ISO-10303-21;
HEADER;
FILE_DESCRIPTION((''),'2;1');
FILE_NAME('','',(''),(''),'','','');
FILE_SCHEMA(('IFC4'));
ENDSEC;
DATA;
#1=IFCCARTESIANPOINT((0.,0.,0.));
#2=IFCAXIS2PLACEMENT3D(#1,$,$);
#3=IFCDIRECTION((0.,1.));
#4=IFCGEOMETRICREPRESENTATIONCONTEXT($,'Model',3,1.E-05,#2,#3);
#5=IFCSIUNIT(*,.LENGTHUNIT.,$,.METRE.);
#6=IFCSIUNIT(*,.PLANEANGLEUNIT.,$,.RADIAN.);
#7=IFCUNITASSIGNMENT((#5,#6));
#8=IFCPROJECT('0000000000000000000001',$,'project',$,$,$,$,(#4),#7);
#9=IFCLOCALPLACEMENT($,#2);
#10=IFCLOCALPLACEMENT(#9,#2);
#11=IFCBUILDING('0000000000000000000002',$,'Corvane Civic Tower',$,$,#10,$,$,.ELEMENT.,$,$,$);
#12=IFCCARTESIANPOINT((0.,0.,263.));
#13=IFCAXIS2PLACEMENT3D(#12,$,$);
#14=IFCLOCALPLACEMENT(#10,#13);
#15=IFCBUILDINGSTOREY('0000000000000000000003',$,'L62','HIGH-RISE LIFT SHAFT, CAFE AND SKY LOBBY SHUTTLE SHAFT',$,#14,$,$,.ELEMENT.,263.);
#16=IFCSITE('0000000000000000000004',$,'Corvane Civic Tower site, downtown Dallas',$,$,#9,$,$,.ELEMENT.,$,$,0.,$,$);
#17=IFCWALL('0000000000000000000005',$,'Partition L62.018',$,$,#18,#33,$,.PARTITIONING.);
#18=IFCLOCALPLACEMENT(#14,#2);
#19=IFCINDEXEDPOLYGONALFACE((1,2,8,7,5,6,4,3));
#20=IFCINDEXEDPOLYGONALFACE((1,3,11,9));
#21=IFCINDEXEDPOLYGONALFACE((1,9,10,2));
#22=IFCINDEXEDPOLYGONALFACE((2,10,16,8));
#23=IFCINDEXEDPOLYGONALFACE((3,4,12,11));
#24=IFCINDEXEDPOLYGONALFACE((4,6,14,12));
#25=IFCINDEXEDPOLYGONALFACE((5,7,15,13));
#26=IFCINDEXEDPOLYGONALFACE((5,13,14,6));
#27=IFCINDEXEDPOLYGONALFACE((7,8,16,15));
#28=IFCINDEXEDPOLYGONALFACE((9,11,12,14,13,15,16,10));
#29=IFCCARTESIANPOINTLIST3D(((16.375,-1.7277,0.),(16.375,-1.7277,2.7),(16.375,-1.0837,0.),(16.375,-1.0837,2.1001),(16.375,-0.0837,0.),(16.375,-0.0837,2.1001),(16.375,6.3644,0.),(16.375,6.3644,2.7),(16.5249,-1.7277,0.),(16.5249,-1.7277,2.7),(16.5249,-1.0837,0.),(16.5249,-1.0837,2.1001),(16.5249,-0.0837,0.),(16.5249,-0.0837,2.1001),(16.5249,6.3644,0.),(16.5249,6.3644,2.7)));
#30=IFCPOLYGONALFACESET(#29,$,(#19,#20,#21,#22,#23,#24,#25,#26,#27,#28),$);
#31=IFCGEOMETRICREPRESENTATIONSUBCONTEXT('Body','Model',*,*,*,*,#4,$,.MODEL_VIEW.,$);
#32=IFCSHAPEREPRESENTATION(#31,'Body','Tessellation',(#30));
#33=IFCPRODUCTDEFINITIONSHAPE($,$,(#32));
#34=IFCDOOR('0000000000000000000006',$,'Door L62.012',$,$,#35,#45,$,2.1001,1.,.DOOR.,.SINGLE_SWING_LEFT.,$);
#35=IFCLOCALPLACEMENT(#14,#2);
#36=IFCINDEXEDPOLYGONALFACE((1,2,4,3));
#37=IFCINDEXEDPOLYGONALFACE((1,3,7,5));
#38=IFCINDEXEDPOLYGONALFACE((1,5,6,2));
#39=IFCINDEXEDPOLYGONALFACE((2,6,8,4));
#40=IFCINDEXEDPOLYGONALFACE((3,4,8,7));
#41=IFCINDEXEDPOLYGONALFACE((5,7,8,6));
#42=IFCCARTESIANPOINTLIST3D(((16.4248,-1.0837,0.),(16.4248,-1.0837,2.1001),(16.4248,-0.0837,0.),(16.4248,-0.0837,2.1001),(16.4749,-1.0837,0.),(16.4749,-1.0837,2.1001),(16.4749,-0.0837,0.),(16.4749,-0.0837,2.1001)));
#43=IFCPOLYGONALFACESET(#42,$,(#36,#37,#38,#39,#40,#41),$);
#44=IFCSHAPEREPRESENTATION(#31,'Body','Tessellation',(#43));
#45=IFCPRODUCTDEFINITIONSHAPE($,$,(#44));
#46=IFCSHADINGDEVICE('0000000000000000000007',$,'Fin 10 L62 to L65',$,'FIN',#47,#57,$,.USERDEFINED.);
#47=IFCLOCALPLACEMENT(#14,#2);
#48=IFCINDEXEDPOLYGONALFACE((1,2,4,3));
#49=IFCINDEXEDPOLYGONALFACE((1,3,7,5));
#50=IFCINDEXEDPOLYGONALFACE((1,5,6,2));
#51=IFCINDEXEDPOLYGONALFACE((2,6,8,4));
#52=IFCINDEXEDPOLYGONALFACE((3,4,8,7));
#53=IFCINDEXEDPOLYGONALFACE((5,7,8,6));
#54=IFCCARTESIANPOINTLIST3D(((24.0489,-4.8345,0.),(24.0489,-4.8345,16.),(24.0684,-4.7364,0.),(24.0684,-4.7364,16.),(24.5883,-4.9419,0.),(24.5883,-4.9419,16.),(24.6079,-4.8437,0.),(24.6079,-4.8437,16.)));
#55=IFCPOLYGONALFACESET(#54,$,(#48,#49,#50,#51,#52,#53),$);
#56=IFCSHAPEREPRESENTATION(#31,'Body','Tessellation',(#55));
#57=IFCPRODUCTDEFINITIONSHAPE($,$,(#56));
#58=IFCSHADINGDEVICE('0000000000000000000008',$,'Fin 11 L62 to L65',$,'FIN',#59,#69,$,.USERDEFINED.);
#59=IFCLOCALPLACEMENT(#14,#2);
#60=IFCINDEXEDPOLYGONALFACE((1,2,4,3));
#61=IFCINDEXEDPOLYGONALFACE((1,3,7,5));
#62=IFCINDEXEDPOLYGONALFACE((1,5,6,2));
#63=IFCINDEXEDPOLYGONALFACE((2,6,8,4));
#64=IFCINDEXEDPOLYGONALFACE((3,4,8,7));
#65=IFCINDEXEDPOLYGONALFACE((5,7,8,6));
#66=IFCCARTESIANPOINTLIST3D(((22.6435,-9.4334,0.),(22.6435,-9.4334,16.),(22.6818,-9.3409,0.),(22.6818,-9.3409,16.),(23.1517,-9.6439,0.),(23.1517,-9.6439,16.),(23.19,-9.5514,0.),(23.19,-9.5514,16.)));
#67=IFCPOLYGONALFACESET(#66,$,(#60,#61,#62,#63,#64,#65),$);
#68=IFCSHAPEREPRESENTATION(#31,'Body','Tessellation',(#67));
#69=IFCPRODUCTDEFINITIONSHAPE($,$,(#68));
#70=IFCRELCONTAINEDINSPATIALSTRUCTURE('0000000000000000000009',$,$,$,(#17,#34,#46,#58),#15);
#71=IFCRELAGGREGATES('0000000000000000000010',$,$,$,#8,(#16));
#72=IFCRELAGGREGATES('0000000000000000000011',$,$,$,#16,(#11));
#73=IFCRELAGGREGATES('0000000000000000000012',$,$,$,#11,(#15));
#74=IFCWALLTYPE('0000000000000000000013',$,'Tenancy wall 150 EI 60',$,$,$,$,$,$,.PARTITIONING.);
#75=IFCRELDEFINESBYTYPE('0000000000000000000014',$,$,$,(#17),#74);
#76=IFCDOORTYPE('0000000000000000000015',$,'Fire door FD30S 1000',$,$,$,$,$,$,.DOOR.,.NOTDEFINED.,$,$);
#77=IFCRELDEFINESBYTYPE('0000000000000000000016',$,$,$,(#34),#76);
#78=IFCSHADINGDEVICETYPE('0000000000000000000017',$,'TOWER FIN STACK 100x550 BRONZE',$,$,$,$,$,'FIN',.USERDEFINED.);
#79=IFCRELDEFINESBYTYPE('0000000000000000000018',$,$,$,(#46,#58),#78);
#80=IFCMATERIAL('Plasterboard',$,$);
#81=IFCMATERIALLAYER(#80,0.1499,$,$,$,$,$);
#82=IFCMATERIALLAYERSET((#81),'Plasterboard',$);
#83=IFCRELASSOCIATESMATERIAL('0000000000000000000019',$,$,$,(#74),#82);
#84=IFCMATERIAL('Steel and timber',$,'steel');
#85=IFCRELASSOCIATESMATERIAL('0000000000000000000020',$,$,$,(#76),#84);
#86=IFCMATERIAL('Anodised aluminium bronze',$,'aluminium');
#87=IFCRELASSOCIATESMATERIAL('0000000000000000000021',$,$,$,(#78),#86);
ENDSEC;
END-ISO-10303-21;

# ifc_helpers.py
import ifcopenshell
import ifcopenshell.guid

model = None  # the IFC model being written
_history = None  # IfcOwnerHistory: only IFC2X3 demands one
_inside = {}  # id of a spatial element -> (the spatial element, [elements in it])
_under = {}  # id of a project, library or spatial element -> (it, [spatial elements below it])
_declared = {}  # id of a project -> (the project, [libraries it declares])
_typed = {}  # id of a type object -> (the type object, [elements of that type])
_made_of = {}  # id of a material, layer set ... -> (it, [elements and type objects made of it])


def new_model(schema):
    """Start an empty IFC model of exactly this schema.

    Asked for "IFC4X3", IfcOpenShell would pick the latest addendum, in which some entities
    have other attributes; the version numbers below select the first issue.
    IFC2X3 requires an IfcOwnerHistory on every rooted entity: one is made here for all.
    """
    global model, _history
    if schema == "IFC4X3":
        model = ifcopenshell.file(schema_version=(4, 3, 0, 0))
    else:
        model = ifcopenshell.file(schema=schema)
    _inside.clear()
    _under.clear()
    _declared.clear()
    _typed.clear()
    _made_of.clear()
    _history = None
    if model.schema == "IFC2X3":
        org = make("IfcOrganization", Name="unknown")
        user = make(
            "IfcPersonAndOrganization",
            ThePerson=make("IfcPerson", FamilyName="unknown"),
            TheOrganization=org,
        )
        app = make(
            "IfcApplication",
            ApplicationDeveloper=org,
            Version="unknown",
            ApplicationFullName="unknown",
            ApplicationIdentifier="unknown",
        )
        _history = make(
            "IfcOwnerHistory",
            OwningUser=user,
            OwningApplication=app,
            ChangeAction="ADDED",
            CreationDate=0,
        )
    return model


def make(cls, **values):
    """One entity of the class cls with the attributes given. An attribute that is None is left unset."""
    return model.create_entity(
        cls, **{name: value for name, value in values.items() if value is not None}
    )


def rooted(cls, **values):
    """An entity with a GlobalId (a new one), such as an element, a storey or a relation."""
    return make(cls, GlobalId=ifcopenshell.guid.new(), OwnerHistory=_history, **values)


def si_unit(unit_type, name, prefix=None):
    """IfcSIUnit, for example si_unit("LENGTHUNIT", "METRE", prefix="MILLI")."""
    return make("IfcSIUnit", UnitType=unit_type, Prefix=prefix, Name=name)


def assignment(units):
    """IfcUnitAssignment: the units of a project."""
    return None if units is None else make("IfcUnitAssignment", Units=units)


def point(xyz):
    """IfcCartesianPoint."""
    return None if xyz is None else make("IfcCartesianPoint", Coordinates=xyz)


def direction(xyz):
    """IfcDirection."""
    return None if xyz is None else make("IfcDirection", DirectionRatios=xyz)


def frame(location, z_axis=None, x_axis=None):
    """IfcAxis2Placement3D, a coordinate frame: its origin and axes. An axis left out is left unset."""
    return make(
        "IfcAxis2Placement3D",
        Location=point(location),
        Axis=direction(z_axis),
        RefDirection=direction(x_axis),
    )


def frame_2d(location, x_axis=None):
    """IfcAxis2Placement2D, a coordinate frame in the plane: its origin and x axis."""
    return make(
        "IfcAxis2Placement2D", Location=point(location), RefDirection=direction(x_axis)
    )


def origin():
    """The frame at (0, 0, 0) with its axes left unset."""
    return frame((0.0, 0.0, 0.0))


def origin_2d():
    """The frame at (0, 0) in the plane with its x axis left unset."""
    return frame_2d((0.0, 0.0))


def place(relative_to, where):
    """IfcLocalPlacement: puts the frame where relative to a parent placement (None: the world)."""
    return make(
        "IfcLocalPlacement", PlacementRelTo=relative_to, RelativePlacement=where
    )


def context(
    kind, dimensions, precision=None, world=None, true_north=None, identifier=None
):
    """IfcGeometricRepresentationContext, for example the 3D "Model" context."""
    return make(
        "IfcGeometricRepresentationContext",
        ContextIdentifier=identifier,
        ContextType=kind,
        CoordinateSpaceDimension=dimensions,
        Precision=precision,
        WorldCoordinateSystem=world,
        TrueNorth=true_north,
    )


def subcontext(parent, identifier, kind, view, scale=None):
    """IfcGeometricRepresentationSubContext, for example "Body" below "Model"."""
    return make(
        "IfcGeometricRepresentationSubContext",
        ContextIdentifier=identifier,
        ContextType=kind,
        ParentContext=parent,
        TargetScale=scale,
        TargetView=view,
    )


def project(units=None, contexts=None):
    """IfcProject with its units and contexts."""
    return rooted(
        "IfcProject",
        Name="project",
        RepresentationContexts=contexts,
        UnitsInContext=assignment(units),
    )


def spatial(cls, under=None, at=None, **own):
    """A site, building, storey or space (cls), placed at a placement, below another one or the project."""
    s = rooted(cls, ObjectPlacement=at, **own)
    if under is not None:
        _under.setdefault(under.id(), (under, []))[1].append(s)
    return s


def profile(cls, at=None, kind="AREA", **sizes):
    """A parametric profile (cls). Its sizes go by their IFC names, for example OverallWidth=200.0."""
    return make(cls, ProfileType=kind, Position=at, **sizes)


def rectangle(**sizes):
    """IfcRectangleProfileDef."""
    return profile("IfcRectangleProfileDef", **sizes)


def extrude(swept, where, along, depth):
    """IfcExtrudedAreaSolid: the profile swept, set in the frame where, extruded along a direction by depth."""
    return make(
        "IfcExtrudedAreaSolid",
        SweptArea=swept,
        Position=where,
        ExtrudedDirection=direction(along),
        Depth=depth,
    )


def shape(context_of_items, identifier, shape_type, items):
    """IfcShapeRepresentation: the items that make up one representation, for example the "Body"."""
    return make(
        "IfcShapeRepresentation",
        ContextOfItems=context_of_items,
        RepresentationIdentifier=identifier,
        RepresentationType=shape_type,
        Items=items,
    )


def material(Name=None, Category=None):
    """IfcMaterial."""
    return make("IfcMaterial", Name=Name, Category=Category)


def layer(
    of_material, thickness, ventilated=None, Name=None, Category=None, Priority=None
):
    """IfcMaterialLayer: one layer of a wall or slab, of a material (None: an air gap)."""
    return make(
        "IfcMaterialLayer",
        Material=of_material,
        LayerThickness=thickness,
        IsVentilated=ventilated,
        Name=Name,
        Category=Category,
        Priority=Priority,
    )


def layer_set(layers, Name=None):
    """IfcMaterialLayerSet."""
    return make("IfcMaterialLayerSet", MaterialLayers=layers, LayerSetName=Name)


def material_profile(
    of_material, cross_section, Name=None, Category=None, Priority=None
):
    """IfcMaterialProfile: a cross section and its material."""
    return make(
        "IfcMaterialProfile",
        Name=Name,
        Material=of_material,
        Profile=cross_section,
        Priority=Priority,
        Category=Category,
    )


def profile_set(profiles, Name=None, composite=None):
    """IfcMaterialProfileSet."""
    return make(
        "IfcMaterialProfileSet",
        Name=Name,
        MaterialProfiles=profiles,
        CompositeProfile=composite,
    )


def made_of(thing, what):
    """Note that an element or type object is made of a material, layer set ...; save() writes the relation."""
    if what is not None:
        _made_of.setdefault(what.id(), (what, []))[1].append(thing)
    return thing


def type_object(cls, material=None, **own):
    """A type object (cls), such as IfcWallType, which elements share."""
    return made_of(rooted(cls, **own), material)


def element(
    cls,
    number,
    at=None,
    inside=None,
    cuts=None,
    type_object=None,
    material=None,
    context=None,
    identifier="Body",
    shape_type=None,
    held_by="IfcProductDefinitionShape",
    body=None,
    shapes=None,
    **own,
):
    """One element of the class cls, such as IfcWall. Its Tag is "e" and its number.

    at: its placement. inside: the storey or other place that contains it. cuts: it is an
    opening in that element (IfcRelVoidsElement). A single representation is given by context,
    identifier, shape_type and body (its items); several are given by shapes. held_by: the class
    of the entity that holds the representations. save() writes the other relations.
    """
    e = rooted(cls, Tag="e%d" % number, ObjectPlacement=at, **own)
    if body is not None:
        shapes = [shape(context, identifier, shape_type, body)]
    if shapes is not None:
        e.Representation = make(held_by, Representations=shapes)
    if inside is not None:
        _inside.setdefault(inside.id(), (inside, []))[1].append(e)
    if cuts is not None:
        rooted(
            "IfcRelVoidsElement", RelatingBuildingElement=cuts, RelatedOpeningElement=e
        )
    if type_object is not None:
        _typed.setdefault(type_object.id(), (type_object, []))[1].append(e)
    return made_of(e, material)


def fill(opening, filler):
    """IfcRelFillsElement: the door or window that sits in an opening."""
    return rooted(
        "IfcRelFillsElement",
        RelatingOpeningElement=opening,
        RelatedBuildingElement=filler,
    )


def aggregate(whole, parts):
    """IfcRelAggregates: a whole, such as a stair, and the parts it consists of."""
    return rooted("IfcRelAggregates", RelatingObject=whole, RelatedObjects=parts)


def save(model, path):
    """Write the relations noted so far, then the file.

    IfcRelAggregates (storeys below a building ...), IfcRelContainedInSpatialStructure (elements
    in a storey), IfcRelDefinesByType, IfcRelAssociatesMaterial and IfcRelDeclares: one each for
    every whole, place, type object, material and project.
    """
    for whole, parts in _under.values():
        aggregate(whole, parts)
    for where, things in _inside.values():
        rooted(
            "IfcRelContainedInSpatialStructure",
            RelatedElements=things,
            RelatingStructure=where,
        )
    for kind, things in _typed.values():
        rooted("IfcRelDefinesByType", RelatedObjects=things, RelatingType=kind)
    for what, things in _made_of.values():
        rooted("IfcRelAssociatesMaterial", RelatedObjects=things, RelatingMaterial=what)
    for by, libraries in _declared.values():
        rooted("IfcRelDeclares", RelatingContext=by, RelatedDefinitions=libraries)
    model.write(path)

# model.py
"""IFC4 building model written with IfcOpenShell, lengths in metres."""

from ifc_helpers import new_model, si_unit, direction, frame, frame_2d, origin, origin_2d, place, context, subcontext, project, spatial, rectangle, extrude, material, layer, layer_set, material_profile, profile_set, type_object, element, fill, save


model = new_model("IFC4")

# Units and contexts
model_context = context("Model", 3, precision=1e-05, world=origin(), true_north=direction((0.0, 1.0)))
body_context = subcontext(model_context, "Body", "Model", "MODEL_VIEW")
ifc_project = project(units=[si_unit("LENGTHUNIT", "METRE"), si_unit("PLANEANGLEUNIT", "RADIAN")], contexts=[model_context])

# Site, building, storey
site_placement = place(None, origin())
site = spatial("IfcSite", under=ifc_project, at=site_placement, Name="Corvane Civic Tower site, downtown Dallas", CompositionType="ELEMENT", RefElevation=0.0)
building_placement = place(site_placement, origin())
building = spatial("IfcBuilding", under=site, at=building_placement, Name="Corvane Civic Tower", CompositionType="ELEMENT")
storey_placement = place(building_placement, frame((0.0, 0.0, 263.0)))
storey = spatial("IfcBuildingStorey", under=building, at=storey_placement, Name="L62", Description="HIGH-RISE LIFT SHAFT, CAFE AND SKY LOBBY SHUTTLE SHAFT", CompositionType="ELEMENT", Elevation=263.0)

# Wall, opening, door
ifc_material_1 = material(Name="Plasterboard")
ifc_layer_1 = layer(ifc_material_1, 0.1499)
ifc_layer_set_1 = layer_set([ifc_layer_1], Name="Plasterboard")
wall_type_1 = type_object("IfcWallType", Name="Tenancy wall 150 EI 60", PredefinedType="PARTITIONING", material=ifc_layer_set_1)
wall_1_placement = place(storey_placement, frame((16.45, -1.7275, 0.0), z_axis=(0.0, 0.0, 1.0), x_axis=(0.0, 1.0, 0.0)))
wall_1 = element("IfcWall", 1, at=wall_1_placement, inside=storey, type_object=wall_type_1, Name="Partition L62.018", PredefinedType="PARTITIONING", context=body_context, shape_type="SweptSolid", body=[
    extrude(rectangle(XDim=8.092, YDim=0.1499, at=frame_2d((4.0459, 0.0))), origin(), (0.0, 0.0, 1.0), 2.7),
])
opening_placement = place(wall_1_placement, frame((0.6438, 0.0, 0.0)))
opening = element("IfcOpeningElement", 2, at=opening_placement, cuts=wall_1, PredefinedType="OPENING", context=body_context, shape_type="SweptSolid", body=[
    extrude(rectangle(XDim=1.0, YDim=2.1001, at=frame_2d((0.5, 1.05))), frame((0.0, 0.085, 0.0), z_axis=(0.0, -1.0, 0.0), x_axis=(1.0, 0.0, 0.0)), (0.0, 0.0, 1.0), 0.1699),
])
ifc_material_2 = material(Name="Steel and timber", Category="steel")
door_type = type_object("IfcDoorType", Name="Fire door FD30S 1000", OperationType="NOTDEFINED", PredefinedType="DOOR", material=ifc_material_2)
door_placement = place(opening_placement, frame((1.0, 0.0, 0.0), z_axis=(0.0, 0.0, 1.0), x_axis=(-1.0, 0.0, 0.0)))
door = element("IfcDoor", 3, at=door_placement, inside=storey, type_object=door_type, Name="Door L62.012", OperationType="SINGLE_SWING_LEFT", OverallHeight=2.1001, OverallWidth=1.0, PredefinedType="DOOR", context=body_context, shape_type="SweptSolid", body=[
    extrude(rectangle(XDim=1.0, YDim=2.1001, at=frame_2d((0.5, 1.05))), frame((0.0, 0.0249, 0.0), z_axis=(0.0, -1.0, 0.0), x_axis=(1.0, 0.0, 0.0)), (0.0, 0.0, 1.0), 0.05),
])
fill(opening, door)

# Shading devices
ifc_material_3 = material(Name="Anodised aluminium bronze", Category="aluminium")
ifc_material_profile_1 = material_profile(ifc_material_3, rectangle(XDim=0.1001, YDim=0.55, at=origin_2d()), Name="TOWER FIN STACK 100x550 BRONZE")
ifc_profile_set_1 = profile_set([ifc_material_profile_1], Name="Anodised aluminium bronze")
shading_device_type = type_object("IfcShadingDeviceType", Name="TOWER FIN STACK 100x550 BRONZE", ElementType="FIN", PredefinedType="USERDEFINED", material=ifc_profile_set_1)
for number, where, z_axis, x_axis, name in (
    (4, (24.3284, -4.8391, 0.0), (0.0, 0.0, 1.0), (-0.19509, -0.980785, 0.0), "Fin 10 L62 to L65"),
    (5, (22.9167, -9.4924, 0.0), (0.0, 0.0, 1.0), (-0.382683, -0.92388, 0.0), "Fin 11 L62 to L65"),
):
    element("IfcShadingDevice", number, at=place(storey_placement, frame(where, z_axis=z_axis, x_axis=x_axis)), inside=storey, type_object=shading_device_type, Name=name, ObjectType="FIN", PredefinedType="USERDEFINED", context=body_context, shape_type="SweptSolid", body=[
        extrude(rectangle(XDim=0.1001, YDim=0.55, at=origin_2d()), origin(), (0.0, 0.0, 1.0), 16.0),
    ])

save(model, "model.ifc")
